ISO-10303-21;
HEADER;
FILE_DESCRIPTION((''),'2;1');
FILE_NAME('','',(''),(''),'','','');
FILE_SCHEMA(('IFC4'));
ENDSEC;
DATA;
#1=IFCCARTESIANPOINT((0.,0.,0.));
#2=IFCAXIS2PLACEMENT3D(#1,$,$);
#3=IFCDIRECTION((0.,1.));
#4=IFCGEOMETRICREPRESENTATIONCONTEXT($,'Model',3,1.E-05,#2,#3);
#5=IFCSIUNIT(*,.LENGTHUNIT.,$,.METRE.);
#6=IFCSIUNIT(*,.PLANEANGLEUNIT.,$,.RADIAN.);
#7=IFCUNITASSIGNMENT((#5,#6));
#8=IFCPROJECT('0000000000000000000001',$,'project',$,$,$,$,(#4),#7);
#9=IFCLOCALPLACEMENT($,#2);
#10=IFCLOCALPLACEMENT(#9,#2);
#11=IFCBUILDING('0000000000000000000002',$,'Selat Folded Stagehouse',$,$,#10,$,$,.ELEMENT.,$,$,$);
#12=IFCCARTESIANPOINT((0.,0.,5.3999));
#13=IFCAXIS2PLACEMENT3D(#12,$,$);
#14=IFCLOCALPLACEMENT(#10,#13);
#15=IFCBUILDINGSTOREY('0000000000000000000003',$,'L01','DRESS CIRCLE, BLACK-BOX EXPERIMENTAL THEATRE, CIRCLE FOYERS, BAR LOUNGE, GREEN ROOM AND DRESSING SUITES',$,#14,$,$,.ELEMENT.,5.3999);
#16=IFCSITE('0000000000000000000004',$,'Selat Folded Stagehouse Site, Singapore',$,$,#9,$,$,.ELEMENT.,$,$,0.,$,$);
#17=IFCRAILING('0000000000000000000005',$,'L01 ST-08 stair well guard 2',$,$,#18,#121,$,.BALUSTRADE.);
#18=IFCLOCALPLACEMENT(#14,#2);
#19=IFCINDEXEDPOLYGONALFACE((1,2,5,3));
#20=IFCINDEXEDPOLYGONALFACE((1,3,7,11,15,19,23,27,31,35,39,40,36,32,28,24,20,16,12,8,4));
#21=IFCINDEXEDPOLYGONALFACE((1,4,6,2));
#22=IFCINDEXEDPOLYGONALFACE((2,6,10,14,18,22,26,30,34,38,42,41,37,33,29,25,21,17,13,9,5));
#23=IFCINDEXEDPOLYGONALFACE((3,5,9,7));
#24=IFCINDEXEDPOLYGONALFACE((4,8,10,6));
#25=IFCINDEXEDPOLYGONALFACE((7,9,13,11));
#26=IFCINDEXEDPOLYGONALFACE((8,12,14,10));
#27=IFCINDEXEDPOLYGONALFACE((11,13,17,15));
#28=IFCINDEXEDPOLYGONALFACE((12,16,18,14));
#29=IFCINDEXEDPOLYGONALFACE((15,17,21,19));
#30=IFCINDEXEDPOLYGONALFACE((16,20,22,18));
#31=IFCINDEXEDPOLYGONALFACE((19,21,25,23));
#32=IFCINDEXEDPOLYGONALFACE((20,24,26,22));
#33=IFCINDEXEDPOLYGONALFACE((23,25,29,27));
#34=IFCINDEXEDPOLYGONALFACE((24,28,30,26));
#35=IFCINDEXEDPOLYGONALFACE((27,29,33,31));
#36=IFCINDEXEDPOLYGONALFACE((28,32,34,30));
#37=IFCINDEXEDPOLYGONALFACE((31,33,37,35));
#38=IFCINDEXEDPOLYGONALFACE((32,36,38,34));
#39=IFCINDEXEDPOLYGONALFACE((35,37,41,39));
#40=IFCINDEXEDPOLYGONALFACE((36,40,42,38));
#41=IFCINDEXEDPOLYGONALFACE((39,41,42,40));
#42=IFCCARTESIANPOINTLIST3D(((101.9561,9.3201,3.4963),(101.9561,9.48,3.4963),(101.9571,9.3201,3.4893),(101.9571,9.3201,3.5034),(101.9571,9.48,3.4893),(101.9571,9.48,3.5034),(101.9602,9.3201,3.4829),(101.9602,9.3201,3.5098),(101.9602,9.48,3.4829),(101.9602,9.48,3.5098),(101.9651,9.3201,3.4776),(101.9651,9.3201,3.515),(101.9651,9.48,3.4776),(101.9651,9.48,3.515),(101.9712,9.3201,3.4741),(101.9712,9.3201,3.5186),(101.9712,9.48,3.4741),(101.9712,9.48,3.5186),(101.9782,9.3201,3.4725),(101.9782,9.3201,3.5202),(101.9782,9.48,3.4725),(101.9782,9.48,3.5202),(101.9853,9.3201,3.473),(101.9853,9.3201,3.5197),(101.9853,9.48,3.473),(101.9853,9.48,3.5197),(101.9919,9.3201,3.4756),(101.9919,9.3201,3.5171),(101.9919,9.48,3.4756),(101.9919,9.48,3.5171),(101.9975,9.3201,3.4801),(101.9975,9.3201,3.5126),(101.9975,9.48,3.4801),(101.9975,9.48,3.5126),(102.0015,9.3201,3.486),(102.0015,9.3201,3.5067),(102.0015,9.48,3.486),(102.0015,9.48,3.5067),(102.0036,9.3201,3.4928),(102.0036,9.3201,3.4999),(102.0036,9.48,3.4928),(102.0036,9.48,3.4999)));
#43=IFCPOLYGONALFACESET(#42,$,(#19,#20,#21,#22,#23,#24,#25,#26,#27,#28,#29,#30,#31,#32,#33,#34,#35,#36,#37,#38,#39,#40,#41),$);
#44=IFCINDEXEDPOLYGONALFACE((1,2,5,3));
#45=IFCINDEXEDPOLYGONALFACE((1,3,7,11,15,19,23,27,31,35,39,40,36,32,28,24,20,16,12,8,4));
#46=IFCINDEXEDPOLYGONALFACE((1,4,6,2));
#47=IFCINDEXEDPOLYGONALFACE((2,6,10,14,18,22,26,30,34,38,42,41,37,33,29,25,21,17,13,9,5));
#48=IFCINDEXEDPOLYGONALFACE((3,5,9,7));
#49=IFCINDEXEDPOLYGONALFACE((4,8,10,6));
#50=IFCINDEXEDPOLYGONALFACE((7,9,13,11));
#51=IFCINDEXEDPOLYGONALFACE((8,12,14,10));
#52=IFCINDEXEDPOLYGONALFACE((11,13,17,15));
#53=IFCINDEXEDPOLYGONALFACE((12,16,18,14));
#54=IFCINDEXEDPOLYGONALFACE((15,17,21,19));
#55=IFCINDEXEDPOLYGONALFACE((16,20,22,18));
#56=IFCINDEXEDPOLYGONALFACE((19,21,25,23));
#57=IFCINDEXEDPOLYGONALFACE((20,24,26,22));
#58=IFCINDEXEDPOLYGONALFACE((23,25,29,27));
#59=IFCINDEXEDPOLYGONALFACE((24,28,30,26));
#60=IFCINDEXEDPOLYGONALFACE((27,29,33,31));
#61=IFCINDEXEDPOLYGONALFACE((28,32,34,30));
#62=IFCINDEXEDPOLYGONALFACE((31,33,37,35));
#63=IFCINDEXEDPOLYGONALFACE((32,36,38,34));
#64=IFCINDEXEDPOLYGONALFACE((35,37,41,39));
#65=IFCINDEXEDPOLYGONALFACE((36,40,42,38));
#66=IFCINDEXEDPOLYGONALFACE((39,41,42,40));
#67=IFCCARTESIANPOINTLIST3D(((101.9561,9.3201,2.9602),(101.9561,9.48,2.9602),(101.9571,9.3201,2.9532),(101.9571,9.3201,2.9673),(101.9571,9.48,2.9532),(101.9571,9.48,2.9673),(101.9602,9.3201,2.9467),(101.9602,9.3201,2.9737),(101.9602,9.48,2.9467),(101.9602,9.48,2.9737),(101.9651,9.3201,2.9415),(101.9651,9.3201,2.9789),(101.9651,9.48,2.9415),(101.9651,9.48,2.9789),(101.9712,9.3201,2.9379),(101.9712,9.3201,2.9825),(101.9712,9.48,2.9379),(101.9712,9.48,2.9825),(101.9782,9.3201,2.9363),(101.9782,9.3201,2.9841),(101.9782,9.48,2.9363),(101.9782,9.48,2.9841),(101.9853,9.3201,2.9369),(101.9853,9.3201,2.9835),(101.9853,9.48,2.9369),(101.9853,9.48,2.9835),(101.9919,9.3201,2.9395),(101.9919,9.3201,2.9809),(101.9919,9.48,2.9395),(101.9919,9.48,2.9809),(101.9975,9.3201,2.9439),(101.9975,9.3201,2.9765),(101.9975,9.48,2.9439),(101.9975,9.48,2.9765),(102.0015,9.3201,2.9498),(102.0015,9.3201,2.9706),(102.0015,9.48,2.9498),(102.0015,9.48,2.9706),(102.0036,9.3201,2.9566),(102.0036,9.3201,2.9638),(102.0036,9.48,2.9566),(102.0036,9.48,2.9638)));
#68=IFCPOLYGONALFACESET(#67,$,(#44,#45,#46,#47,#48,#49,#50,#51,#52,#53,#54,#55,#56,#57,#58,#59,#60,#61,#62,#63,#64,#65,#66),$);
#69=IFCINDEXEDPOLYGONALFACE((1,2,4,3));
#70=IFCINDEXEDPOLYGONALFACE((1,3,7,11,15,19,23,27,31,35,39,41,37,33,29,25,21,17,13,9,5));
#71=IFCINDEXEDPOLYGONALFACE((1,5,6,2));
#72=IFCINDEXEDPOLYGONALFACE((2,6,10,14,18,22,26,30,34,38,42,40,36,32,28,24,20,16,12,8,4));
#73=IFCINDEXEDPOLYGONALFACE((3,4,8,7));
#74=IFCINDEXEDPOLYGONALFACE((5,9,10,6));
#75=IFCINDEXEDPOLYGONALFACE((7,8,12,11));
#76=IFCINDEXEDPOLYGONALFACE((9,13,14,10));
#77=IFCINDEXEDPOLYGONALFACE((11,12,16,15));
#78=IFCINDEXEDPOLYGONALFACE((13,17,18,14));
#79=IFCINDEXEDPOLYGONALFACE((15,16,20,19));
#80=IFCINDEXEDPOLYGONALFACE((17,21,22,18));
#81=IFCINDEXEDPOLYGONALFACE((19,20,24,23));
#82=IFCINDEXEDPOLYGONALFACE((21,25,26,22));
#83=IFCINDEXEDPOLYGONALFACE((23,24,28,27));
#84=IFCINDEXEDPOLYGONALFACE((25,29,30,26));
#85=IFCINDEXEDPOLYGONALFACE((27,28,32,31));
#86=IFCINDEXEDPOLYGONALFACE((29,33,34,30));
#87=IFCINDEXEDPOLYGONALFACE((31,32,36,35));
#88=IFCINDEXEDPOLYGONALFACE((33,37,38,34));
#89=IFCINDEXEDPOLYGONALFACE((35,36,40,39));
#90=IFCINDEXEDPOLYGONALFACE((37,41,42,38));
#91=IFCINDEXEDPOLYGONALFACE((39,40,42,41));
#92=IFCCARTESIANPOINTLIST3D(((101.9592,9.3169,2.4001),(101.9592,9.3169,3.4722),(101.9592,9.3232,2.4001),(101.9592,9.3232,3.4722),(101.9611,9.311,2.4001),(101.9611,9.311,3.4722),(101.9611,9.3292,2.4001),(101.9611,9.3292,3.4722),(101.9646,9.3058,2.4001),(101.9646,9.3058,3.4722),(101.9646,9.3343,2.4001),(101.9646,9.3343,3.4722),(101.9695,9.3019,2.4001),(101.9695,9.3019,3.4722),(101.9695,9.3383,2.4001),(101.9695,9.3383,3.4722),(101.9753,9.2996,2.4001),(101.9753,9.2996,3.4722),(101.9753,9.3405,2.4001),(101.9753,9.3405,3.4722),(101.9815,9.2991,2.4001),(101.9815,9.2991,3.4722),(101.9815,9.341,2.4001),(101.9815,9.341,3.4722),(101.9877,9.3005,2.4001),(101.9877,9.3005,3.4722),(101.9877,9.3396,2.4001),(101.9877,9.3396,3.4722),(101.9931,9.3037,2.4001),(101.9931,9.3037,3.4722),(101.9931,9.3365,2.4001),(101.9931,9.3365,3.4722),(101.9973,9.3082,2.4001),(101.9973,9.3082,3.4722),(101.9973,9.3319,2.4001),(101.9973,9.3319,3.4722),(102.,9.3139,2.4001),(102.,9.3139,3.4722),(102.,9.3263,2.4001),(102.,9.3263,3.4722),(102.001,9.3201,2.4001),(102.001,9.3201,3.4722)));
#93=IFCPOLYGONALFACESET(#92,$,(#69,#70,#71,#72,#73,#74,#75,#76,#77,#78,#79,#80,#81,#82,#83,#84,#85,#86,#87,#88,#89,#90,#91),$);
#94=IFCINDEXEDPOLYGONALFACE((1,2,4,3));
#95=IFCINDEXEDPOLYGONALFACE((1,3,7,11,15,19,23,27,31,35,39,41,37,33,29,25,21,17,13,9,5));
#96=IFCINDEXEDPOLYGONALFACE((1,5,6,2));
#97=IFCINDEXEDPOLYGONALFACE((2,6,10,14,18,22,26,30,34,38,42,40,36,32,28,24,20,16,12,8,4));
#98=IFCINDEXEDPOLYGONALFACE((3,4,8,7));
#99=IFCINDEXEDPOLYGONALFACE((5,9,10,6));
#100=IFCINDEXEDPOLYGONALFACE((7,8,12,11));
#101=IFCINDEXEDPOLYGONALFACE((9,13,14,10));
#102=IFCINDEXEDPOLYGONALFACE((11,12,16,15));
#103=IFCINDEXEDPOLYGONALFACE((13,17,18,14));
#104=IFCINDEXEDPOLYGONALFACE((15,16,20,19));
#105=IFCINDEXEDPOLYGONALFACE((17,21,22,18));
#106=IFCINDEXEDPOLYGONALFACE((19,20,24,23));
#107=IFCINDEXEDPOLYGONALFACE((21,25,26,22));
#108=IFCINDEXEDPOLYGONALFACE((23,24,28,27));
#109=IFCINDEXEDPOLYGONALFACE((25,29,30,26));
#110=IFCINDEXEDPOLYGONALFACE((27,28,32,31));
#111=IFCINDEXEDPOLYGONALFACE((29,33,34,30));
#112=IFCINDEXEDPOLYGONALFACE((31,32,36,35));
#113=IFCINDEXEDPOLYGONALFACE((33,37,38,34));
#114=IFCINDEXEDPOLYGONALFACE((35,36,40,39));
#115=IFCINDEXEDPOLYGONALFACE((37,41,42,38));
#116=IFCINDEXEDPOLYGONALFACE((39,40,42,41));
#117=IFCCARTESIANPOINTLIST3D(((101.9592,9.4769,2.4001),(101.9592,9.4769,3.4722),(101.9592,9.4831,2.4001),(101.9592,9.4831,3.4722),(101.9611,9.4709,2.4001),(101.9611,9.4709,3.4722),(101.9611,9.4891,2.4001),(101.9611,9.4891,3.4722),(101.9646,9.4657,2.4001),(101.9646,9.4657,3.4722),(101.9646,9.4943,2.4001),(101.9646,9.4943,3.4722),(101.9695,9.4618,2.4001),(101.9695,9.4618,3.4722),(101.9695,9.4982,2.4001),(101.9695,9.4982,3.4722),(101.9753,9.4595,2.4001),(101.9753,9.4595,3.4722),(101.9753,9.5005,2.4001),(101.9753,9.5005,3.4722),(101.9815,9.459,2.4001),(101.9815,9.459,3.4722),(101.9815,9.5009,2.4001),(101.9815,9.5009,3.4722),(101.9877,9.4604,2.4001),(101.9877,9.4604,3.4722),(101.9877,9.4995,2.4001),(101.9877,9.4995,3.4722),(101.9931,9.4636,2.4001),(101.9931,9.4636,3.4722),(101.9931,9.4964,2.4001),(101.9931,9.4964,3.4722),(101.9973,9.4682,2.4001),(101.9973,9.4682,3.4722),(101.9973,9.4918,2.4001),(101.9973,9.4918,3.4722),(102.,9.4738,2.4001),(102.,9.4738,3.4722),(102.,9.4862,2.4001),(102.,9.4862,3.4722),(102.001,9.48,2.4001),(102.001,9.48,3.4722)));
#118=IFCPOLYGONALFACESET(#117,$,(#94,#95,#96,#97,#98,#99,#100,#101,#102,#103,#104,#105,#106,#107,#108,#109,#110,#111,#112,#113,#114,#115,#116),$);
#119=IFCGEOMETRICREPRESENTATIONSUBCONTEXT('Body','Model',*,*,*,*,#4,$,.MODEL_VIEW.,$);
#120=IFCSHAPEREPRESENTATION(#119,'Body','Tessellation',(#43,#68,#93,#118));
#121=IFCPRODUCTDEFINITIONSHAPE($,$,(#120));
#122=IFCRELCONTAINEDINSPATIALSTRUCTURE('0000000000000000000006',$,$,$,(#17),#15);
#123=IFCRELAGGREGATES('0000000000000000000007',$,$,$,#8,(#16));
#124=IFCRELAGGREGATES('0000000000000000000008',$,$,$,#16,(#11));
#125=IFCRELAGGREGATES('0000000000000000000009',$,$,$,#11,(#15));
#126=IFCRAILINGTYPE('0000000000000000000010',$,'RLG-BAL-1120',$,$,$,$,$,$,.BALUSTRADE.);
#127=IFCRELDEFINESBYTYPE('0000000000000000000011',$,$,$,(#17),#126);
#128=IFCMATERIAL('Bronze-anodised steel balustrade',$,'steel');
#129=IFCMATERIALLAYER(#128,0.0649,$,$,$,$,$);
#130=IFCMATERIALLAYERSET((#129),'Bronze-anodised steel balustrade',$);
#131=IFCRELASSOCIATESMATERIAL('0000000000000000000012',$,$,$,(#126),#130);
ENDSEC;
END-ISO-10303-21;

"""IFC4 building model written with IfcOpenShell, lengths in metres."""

from ifc_helpers import new_model, si_unit, direction, frame, origin, origin_2d, place, context, subcontext, project, spatial, circle, extrude, material, layer, layer_set, type_object, element, save


model = new_model("IFC4")

# Units and contexts
model_context = context("Model", 3, precision=1e-05, world=origin(), true_north=direction((0.0, 1.0)))
body_context = subcontext(model_context, "Body", "Model", "MODEL_VIEW")
ifc_project = project(units=[si_unit("LENGTHUNIT", "METRE"), si_unit("PLANEANGLEUNIT", "RADIAN")], contexts=[model_context])

# Site, building, storey
site_placement = place(None, origin())
site = spatial("IfcSite", under=ifc_project, at=site_placement, Name="Selat Folded Stagehouse Site, Singapore", CompositionType="ELEMENT", RefElevation=0.0)
building_placement = place(site_placement, origin())
building = spatial("IfcBuilding", under=site, at=building_placement, Name="Selat Folded Stagehouse", CompositionType="ELEMENT")
storey_placement = place(building_placement, frame((0.0, 0.0, 5.3999)))
storey = spatial("IfcBuildingStorey", under=building, at=storey_placement, Name="L01", Description="DRESS CIRCLE, BLACK-BOX EXPERIMENTAL THEATRE, CIRCLE FOYERS, BAR LOUNGE, GREEN ROOM AND DRESSING SUITES", CompositionType="ELEMENT", Elevation=5.3999)

# Railing
ifc_material_1 = material(Name="Bronze-anodised steel balustrade", Category="steel")
ifc_layer_1 = layer(ifc_material_1, 0.0649)
ifc_layer_set_1 = layer_set([ifc_layer_1], Name="Bronze-anodised steel balustrade")
railing_type_1 = type_object("IfcRailingType", Name="RLG-BAL-1120", PredefinedType="BALUSTRADE", material=ifc_layer_set_1)
railing_1_placement = place(storey_placement, frame((101.98, 9.3201, 2.4001)))
element("IfcRailing", 1, at=railing_1_placement, inside=storey, type_object=railing_type_1, Name="L01 ST-08 stair well guard 2", PredefinedType="BALUSTRADE", context=body_context, shape_type="SweptSolid", body=[
    extrude(circle(Radius=0.0239, at=origin_2d()), frame((0.0, 0.0, 1.0962), z_axis=(0.0, 1.0, 0.0), x_axis=(-1.0, 0.0, 0.0)), (0.0, 0.0, 1.0), 0.1599),
    extrude(circle(Radius=0.0239, at=origin_2d()), frame((0.0, 0.0, 0.5601), z_axis=(0.0, 1.0, 0.0), x_axis=(-1.0, 0.0, 0.0)), (0.0, 0.0, 1.0), 0.1599),
    extrude(circle(Radius=0.021, at=origin_2d()), origin(), (0.0, 0.0, 1.0), 1.072),
    extrude(circle(Radius=0.021, at=origin_2d()), frame((0.0, 0.1599, 0.0)), (0.0, 0.0, 1.0), 1.072),
])

save(model, "model.ifc")
